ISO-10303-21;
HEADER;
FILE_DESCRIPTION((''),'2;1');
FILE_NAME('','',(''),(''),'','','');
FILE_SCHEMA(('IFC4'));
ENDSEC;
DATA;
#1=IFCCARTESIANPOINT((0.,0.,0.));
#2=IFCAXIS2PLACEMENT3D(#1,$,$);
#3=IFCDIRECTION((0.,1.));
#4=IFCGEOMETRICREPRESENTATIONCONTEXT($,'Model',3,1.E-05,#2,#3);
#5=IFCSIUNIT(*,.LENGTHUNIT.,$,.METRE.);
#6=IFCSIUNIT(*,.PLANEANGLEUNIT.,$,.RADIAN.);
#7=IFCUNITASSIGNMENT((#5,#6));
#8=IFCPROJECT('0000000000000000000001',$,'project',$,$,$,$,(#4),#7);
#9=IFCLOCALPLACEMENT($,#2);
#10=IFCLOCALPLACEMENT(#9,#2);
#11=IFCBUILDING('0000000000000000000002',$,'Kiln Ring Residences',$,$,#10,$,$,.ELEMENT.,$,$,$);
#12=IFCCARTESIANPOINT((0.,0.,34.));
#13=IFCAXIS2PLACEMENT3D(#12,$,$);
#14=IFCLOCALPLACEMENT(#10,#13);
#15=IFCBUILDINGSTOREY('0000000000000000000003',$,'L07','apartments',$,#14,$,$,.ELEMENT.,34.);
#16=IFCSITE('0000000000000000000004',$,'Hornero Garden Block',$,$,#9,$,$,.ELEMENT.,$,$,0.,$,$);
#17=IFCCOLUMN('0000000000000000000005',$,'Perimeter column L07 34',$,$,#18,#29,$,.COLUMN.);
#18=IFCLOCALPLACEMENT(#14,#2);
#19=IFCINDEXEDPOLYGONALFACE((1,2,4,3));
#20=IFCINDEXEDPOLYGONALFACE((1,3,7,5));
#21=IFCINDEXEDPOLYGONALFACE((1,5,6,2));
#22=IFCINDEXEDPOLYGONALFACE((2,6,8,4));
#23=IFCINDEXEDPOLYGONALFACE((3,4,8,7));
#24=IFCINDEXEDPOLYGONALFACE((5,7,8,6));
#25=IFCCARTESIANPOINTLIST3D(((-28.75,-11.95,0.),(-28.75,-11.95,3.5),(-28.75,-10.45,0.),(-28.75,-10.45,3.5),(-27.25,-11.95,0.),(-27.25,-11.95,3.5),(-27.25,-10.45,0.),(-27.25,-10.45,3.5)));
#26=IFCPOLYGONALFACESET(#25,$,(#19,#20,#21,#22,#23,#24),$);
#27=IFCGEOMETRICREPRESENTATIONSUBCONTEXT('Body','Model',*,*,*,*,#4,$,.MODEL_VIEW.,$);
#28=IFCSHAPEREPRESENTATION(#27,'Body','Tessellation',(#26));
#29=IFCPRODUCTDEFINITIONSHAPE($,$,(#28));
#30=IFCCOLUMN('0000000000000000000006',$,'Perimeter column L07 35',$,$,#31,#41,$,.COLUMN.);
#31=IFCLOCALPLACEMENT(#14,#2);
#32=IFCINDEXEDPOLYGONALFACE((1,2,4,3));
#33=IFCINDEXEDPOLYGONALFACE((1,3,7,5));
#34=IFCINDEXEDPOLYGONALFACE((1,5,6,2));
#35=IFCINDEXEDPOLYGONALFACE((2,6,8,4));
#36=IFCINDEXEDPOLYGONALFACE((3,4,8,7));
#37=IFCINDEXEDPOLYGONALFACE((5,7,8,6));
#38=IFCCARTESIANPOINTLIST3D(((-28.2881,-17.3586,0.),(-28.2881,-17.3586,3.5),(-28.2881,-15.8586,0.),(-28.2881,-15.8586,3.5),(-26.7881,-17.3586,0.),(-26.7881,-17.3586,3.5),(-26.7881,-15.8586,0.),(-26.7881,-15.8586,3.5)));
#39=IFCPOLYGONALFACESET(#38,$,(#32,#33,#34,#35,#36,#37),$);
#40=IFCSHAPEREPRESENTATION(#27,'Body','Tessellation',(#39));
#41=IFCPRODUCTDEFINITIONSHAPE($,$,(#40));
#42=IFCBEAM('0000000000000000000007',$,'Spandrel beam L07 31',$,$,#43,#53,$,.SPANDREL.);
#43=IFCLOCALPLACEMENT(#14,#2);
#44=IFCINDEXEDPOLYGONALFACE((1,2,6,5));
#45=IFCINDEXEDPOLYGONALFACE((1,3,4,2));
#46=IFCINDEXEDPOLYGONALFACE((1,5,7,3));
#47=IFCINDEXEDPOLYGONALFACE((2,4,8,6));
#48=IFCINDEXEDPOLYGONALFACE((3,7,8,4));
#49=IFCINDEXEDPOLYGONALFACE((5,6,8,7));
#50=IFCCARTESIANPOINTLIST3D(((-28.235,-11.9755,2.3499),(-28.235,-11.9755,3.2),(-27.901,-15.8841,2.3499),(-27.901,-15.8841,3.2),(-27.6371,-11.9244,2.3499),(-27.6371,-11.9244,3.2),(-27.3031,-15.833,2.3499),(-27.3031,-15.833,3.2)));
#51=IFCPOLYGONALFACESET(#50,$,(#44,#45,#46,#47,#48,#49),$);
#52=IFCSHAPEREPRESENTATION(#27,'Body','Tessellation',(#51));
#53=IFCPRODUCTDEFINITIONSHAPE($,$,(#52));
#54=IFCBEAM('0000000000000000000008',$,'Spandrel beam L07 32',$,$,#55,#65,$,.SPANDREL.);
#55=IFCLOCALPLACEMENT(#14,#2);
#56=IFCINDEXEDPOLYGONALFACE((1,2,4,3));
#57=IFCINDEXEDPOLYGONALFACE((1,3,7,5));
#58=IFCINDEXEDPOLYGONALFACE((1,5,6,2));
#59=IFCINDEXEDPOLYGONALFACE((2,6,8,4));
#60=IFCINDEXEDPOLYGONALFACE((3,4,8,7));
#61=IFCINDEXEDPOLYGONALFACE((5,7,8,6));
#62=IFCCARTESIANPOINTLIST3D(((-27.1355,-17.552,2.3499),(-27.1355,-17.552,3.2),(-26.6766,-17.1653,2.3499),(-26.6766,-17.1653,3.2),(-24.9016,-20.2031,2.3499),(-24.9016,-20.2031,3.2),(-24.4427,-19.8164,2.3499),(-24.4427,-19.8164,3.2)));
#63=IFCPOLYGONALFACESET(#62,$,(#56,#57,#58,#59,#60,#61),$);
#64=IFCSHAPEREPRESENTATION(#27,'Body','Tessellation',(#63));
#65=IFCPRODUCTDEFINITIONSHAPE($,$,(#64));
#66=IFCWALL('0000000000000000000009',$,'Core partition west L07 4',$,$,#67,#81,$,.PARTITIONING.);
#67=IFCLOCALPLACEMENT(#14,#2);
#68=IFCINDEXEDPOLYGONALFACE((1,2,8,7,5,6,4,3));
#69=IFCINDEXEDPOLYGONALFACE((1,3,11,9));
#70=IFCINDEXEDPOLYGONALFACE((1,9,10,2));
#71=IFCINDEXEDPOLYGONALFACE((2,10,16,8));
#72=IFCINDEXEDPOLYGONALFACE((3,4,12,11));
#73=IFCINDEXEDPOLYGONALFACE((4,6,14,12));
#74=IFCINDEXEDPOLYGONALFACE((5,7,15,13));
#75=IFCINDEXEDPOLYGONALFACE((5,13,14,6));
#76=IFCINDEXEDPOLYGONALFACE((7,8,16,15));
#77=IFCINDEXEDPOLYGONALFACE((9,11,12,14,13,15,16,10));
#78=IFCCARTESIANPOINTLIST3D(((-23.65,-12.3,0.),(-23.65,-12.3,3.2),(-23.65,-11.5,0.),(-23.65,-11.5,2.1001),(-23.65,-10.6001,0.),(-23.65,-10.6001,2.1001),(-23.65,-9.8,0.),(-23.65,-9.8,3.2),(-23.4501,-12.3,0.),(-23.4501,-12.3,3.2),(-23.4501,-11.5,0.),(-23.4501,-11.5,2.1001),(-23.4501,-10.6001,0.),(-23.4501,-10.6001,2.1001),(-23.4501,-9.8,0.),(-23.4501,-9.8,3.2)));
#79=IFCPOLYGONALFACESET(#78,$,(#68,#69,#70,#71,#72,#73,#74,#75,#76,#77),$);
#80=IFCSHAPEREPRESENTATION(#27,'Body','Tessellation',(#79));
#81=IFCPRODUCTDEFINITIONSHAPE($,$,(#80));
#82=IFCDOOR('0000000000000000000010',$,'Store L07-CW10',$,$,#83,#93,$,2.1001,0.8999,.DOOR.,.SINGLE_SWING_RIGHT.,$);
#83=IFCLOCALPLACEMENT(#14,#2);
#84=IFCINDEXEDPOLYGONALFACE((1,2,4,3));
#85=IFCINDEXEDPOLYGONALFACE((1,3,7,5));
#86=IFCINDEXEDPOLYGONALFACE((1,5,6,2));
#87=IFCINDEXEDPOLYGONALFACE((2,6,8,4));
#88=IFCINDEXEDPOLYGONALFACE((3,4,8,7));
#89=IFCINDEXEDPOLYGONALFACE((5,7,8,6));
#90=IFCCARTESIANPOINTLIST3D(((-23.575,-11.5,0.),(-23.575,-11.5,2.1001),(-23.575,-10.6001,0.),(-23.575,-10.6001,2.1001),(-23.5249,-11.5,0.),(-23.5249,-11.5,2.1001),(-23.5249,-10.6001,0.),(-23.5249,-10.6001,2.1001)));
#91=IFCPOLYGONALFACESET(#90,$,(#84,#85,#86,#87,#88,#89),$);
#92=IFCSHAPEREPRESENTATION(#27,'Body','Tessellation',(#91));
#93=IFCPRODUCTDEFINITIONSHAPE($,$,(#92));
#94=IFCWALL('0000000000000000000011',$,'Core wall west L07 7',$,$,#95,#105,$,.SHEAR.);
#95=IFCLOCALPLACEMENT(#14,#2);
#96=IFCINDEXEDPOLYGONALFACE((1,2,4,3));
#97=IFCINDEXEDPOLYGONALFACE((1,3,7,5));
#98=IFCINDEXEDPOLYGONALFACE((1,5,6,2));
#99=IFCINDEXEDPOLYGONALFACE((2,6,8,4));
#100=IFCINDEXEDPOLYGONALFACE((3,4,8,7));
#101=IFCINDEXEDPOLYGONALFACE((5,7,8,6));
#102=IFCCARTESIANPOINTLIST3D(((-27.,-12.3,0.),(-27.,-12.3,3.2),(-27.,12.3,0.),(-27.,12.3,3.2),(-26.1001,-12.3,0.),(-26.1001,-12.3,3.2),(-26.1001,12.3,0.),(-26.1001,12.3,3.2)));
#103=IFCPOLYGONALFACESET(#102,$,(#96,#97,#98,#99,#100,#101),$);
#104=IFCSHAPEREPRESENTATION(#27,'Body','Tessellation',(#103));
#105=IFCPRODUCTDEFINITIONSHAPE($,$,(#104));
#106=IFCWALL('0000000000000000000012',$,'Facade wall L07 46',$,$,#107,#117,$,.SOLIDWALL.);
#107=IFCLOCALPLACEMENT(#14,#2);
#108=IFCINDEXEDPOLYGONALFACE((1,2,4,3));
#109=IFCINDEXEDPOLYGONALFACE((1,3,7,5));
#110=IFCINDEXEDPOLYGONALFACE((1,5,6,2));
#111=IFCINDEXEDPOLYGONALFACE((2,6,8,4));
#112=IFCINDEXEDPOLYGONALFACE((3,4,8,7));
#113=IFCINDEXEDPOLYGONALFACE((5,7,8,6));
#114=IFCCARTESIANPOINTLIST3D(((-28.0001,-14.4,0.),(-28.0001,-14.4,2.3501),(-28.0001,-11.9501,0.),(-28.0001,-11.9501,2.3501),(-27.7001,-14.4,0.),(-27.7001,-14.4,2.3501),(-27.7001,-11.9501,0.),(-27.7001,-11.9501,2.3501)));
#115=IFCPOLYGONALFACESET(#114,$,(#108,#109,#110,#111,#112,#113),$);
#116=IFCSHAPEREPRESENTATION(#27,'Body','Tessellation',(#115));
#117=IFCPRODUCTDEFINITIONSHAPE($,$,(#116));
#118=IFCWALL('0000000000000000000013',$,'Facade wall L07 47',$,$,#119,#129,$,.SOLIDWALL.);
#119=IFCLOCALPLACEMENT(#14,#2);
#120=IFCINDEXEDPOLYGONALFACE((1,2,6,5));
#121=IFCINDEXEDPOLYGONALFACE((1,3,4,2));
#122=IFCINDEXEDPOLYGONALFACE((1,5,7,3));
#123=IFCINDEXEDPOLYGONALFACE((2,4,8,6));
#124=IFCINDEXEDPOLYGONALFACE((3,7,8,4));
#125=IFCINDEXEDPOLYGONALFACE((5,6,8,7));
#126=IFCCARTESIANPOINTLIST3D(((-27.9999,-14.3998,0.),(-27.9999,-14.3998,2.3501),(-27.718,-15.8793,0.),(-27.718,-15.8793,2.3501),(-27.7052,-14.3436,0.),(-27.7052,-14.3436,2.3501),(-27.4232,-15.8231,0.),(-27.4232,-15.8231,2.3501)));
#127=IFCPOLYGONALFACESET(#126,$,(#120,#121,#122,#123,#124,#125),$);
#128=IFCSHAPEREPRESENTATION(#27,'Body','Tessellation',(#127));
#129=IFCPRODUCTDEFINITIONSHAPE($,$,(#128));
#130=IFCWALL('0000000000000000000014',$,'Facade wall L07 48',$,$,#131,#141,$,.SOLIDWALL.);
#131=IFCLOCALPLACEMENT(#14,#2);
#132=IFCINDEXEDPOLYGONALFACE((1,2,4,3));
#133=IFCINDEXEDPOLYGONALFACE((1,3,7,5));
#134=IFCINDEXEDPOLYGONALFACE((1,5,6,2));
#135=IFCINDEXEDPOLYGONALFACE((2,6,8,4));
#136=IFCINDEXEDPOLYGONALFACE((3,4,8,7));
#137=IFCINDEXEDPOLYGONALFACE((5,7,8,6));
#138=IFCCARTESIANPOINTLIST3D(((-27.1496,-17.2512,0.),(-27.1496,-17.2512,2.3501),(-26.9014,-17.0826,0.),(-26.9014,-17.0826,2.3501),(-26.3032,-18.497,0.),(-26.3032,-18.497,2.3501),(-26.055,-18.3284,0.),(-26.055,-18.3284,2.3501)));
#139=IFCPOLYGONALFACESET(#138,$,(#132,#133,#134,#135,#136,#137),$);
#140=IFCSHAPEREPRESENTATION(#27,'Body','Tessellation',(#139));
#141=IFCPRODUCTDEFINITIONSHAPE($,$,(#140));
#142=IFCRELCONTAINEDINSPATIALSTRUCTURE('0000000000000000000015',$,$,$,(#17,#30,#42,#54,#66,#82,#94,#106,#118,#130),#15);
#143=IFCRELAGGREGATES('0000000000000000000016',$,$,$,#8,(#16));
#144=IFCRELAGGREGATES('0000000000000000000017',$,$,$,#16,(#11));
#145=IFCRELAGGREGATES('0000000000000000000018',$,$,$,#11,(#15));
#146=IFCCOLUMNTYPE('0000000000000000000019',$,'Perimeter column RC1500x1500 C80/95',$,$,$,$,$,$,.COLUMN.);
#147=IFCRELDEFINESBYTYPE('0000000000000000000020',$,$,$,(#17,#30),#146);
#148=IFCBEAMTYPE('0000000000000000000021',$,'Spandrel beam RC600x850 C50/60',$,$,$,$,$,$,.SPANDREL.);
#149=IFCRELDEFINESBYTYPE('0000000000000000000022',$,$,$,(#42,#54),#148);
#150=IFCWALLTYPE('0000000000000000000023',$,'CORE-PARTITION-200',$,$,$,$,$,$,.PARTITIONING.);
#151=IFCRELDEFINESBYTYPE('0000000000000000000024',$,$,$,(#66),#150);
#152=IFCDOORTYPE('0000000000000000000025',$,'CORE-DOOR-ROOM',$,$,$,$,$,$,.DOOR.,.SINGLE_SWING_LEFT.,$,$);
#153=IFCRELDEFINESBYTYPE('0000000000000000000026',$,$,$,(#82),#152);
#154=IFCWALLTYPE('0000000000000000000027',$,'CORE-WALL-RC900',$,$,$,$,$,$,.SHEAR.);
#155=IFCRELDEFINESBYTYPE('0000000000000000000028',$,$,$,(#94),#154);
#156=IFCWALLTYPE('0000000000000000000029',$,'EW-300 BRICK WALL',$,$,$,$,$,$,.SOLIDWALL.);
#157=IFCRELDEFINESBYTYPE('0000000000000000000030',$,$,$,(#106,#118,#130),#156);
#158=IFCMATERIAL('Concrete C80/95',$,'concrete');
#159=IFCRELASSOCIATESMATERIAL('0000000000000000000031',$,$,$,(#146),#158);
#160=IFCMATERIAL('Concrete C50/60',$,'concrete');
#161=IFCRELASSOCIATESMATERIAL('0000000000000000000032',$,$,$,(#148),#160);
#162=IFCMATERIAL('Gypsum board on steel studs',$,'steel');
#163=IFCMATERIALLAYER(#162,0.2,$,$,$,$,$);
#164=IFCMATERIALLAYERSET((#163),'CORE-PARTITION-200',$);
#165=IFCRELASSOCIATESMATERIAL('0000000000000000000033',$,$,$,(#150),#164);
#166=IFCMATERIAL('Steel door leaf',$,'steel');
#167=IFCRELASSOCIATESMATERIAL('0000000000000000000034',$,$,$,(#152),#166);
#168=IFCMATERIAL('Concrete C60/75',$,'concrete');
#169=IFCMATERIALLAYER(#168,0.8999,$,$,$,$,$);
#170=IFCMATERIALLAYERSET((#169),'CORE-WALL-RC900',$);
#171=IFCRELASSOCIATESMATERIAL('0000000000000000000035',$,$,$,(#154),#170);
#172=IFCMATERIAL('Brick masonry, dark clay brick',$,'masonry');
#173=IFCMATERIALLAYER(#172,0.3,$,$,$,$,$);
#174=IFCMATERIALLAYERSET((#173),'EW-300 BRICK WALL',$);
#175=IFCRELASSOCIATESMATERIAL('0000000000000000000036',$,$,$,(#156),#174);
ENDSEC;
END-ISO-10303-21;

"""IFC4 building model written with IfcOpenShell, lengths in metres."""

from ifc_helpers import new_model, si_unit, direction, frame, frame_2d, origin, origin_2d, place, context, subcontext, project, spatial, rectangle, extrude, material, layer, layer_set, material_profile, profile_set, type_object, element, fill, save


model = new_model("IFC4")

# Units and contexts
model_context = context("Model", 3, precision=1e-05, world=origin(), true_north=direction((0.0, 1.0)))
body_context = subcontext(model_context, "Body", "Model", "MODEL_VIEW")
ifc_project = project(units=[si_unit("LENGTHUNIT", "METRE"), si_unit("PLANEANGLEUNIT", "RADIAN")], contexts=[model_context])

# Site, building, storey
site_placement = place(None, origin())
site = spatial("IfcSite", under=ifc_project, at=site_placement, Name="Hornero Garden Block", CompositionType="ELEMENT", RefElevation=0.0)
building_placement = place(site_placement, origin())
building = spatial("IfcBuilding", under=site, at=building_placement, Name="Kiln Ring Residences", CompositionType="ELEMENT")
storey_placement = place(building_placement, frame((0.0, 0.0, 34.0)))
storey = spatial("IfcBuildingStorey", under=building, at=storey_placement, Name="L07", Description="apartments", CompositionType="ELEMENT", Elevation=34.0)

# Columns
ifc_material_1 = material(Name="Concrete C80/95", Category="concrete")
ifc_material_profile_1 = material_profile(ifc_material_1, rectangle(XDim=1.5, YDim=1.5, at=origin_2d()), Name="RC1500x1500")
ifc_profile_set_1 = profile_set([ifc_material_profile_1], Name="Concrete C80/95")
column_type = type_object("IfcColumnType", Name="Perimeter column RC1500x1500 C80/95", PredefinedType="COLUMN", material=ifc_profile_set_1)
for number, where, z_axis, x_axis, name in (
    (1, (-28.0, -11.2, 0.0), (0.0, 0.0, 1.0), (1.0, 0.0, 0.0), "Perimeter column L07 34"),
    (2, (-27.5381, -16.6086, 0.0), (0.0, 0.0, 1.0), (1.0, 0.0, 0.0), "Perimeter column L07 35"),
):
    element("IfcColumn", number, at=place(storey_placement, frame(where, z_axis=z_axis, x_axis=x_axis)), inside=storey, type_object=column_type, Name=name, PredefinedType="COLUMN", context=body_context, shape_type="SweptSolid", body=[
        extrude(rectangle(XDim=1.5, YDim=1.5, at=origin_2d()), origin(), (0.0, 0.0, 1.0), 3.5),
    ])

# Beams
ifc_material_2 = material(Name="Concrete C50/60", Category="concrete")
ifc_material_profile_2 = material_profile(ifc_material_2, rectangle(XDim=0.6001, YDim=0.8501, at=origin_2d()), Name="RC600x850")
ifc_profile_set_2 = profile_set([ifc_material_profile_2], Name="Concrete C50/60")
beam_type = type_object("IfcBeamType", Name="Spandrel beam RC600x850 C50/60", PredefinedType="SPANDREL", material=ifc_profile_set_2)
beam_1_placement = place(storey_placement, frame((-27.936, -11.95, 2.7749), z_axis=(0.085136, -0.996369, 0.0), x_axis=(0.996369, 0.085136, 0.0)))
element("IfcBeam", 3, at=beam_1_placement, inside=storey, type_object=beam_type, Name="Spandrel beam L07 31", PredefinedType="SPANDREL", context=body_context, shape_type="SweptSolid", body=[
    extrude(rectangle(XDim=0.6001, YDim=0.8501, at=origin_2d()), origin(), (0.0, 0.0, 1.0), 3.9229),
])
beam_2_placement = place(storey_placement, frame((-26.906, -17.3586, 2.7749), z_axis=(0.644366, -0.764718, 0.0), x_axis=(0.764718, 0.644366, 0.0)))
element("IfcBeam", 4, at=beam_2_placement, inside=storey, type_object=beam_type, Name="Spandrel beam L07 32", PredefinedType="SPANDREL", context=body_context, shape_type="SweptSolid", body=[
    extrude(rectangle(XDim=0.6001, YDim=0.8501, at=origin_2d()), origin(), (0.0, 0.0, 1.0), 3.4668),
])

# Wall, opening, door
ifc_material_3 = material(Name="Gypsum board on steel studs", Category="steel")
ifc_layer_1 = layer(ifc_material_3, 0.2)
ifc_layer_set_1 = layer_set([ifc_layer_1], Name="CORE-PARTITION-200")
wall_type_1 = type_object("IfcWallType", Name="CORE-PARTITION-200", PredefinedType="PARTITIONING", material=ifc_layer_set_1)
wall_1_placement = place(storey_placement, frame((-23.55, -12.3, 0.0), z_axis=(0.0, 0.0, 1.0), x_axis=(0.0, 1.0, 0.0)))
wall_1 = element("IfcWall", 5, at=wall_1_placement, inside=storey, type_object=wall_type_1, Name="Core partition west L07 4", PredefinedType="PARTITIONING", context=body_context, shape_type="SweptSolid", body=[
    extrude(rectangle(XDim=2.5, YDim=0.2, at=frame_2d((1.25, 0.0))), origin(), (0.0, 0.0, 1.0), 3.2),
])
opening_1_placement = place(wall_1_placement, frame((0.8, 0.0, 0.0)))
opening_1 = element("IfcOpeningElement", 6, at=opening_1_placement, cuts=wall_1, PredefinedType="OPENING", context=body_context, shape_type="SweptSolid", body=[
    extrude(rectangle(XDim=0.8999, YDim=2.1001, at=frame_2d((0.45, 1.05))), frame((0.0, 0.1099, 0.0), z_axis=(0.0, -1.0, 0.0), x_axis=(1.0, 0.0, 0.0)), (0.0, 0.0, 1.0), 0.22),
])
ifc_material_4 = material(Name="Steel door leaf", Category="steel")
door_type_1 = type_object("IfcDoorType", Name="CORE-DOOR-ROOM", OperationType="SINGLE_SWING_LEFT", PredefinedType="DOOR", material=ifc_material_4)
door_1_placement = place(opening_1_placement, origin())
door_1 = element("IfcDoor", 7, at=door_1_placement, inside=storey, type_object=door_type_1, Name="Store L07-CW10", OperationType="SINGLE_SWING_RIGHT", OverallHeight=2.1001, OverallWidth=0.8999, PredefinedType="DOOR", context=body_context, shape_type="SweptSolid", body=[
    extrude(rectangle(XDim=0.8999, YDim=2.1001, at=frame_2d((0.45, 1.05))), frame((0.0, 0.0249, 0.0), z_axis=(0.0, -1.0, 0.0), x_axis=(1.0, 0.0, 0.0)), (0.0, 0.0, 1.0), 0.05),
])
fill(opening_1, door_1)

# Walls
ifc_material_5 = material(Name="Concrete C60/75", Category="concrete")
ifc_layer_2 = layer(ifc_material_5, 0.8999)
ifc_layer_set_2 = layer_set([ifc_layer_2], Name="CORE-WALL-RC900")
wall_type_2 = type_object("IfcWallType", Name="CORE-WALL-RC900", PredefinedType="SHEAR", material=ifc_layer_set_2)
wall_2_placement = place(storey_placement, frame((-26.55, -12.3, 0.0), z_axis=(0.0, 0.0, 1.0), x_axis=(0.0, 1.0, 0.0)))
element("IfcWall", 8, at=wall_2_placement, inside=storey, type_object=wall_type_2, Name="Core wall west L07 7", PredefinedType="SHEAR", context=body_context, shape_type="SweptSolid", body=[
    extrude(rectangle(XDim=24.6001, YDim=0.8999, at=frame_2d((12.3, 0.0))), origin(), (0.0, 0.0, 1.0), 3.2),
])
ifc_material_6 = material(Name="Brick masonry, dark clay brick", Category="masonry")
ifc_layer_3 = layer(ifc_material_6, 0.3)
ifc_layer_set_3 = layer_set([ifc_layer_3], Name="EW-300 BRICK WALL")
wall_type_3 = type_object("IfcWallType", Name="EW-300 BRICK WALL", PredefinedType="SOLIDWALL", material=ifc_layer_set_3)
wall_3_placement = place(storey_placement, frame((-27.8501, -11.95, 0.0), z_axis=(0.0, 0.0, 1.0), x_axis=(0.0, -1.0, 0.0)))
element("IfcWall", 9, at=wall_3_placement, inside=storey, type_object=wall_type_3, Name="Facade wall L07 46", PredefinedType="SOLIDWALL", context=body_context, shape_type="SweptSolid", body=[
    extrude(rectangle(XDim=2.45, YDim=0.3, at=frame_2d((1.2251, 0.0))), origin(), (0.0, 0.0, 1.0), 2.3501),
])
for number, where, z_axis, x_axis, name in (
    (10, (-27.8525, -14.3718, 0.0), (0.0, 0.0, 1.0), (0.187224, -0.982317, 0.0), "Facade wall L07 47"),
    (11, (-27.0254, -17.167, 0.0), (0.0, 0.0, 1.0), (0.561973, -0.827156, 0.0), "Facade wall L07 48"),
):
    element("IfcWall", number, at=place(storey_placement, frame(where, z_axis=z_axis, x_axis=x_axis)), inside=storey, type_object=wall_type_3, Name=name, PredefinedType="SOLIDWALL", context=body_context, shape_type="SweptSolid", body=[
        extrude(rectangle(XDim=1.5061, YDim=0.3, at=frame_2d((0.7529, 0.0))), origin(), (0.0, 0.0, 1.0), 2.3501),
    ])

save(model, "model.ifc")
